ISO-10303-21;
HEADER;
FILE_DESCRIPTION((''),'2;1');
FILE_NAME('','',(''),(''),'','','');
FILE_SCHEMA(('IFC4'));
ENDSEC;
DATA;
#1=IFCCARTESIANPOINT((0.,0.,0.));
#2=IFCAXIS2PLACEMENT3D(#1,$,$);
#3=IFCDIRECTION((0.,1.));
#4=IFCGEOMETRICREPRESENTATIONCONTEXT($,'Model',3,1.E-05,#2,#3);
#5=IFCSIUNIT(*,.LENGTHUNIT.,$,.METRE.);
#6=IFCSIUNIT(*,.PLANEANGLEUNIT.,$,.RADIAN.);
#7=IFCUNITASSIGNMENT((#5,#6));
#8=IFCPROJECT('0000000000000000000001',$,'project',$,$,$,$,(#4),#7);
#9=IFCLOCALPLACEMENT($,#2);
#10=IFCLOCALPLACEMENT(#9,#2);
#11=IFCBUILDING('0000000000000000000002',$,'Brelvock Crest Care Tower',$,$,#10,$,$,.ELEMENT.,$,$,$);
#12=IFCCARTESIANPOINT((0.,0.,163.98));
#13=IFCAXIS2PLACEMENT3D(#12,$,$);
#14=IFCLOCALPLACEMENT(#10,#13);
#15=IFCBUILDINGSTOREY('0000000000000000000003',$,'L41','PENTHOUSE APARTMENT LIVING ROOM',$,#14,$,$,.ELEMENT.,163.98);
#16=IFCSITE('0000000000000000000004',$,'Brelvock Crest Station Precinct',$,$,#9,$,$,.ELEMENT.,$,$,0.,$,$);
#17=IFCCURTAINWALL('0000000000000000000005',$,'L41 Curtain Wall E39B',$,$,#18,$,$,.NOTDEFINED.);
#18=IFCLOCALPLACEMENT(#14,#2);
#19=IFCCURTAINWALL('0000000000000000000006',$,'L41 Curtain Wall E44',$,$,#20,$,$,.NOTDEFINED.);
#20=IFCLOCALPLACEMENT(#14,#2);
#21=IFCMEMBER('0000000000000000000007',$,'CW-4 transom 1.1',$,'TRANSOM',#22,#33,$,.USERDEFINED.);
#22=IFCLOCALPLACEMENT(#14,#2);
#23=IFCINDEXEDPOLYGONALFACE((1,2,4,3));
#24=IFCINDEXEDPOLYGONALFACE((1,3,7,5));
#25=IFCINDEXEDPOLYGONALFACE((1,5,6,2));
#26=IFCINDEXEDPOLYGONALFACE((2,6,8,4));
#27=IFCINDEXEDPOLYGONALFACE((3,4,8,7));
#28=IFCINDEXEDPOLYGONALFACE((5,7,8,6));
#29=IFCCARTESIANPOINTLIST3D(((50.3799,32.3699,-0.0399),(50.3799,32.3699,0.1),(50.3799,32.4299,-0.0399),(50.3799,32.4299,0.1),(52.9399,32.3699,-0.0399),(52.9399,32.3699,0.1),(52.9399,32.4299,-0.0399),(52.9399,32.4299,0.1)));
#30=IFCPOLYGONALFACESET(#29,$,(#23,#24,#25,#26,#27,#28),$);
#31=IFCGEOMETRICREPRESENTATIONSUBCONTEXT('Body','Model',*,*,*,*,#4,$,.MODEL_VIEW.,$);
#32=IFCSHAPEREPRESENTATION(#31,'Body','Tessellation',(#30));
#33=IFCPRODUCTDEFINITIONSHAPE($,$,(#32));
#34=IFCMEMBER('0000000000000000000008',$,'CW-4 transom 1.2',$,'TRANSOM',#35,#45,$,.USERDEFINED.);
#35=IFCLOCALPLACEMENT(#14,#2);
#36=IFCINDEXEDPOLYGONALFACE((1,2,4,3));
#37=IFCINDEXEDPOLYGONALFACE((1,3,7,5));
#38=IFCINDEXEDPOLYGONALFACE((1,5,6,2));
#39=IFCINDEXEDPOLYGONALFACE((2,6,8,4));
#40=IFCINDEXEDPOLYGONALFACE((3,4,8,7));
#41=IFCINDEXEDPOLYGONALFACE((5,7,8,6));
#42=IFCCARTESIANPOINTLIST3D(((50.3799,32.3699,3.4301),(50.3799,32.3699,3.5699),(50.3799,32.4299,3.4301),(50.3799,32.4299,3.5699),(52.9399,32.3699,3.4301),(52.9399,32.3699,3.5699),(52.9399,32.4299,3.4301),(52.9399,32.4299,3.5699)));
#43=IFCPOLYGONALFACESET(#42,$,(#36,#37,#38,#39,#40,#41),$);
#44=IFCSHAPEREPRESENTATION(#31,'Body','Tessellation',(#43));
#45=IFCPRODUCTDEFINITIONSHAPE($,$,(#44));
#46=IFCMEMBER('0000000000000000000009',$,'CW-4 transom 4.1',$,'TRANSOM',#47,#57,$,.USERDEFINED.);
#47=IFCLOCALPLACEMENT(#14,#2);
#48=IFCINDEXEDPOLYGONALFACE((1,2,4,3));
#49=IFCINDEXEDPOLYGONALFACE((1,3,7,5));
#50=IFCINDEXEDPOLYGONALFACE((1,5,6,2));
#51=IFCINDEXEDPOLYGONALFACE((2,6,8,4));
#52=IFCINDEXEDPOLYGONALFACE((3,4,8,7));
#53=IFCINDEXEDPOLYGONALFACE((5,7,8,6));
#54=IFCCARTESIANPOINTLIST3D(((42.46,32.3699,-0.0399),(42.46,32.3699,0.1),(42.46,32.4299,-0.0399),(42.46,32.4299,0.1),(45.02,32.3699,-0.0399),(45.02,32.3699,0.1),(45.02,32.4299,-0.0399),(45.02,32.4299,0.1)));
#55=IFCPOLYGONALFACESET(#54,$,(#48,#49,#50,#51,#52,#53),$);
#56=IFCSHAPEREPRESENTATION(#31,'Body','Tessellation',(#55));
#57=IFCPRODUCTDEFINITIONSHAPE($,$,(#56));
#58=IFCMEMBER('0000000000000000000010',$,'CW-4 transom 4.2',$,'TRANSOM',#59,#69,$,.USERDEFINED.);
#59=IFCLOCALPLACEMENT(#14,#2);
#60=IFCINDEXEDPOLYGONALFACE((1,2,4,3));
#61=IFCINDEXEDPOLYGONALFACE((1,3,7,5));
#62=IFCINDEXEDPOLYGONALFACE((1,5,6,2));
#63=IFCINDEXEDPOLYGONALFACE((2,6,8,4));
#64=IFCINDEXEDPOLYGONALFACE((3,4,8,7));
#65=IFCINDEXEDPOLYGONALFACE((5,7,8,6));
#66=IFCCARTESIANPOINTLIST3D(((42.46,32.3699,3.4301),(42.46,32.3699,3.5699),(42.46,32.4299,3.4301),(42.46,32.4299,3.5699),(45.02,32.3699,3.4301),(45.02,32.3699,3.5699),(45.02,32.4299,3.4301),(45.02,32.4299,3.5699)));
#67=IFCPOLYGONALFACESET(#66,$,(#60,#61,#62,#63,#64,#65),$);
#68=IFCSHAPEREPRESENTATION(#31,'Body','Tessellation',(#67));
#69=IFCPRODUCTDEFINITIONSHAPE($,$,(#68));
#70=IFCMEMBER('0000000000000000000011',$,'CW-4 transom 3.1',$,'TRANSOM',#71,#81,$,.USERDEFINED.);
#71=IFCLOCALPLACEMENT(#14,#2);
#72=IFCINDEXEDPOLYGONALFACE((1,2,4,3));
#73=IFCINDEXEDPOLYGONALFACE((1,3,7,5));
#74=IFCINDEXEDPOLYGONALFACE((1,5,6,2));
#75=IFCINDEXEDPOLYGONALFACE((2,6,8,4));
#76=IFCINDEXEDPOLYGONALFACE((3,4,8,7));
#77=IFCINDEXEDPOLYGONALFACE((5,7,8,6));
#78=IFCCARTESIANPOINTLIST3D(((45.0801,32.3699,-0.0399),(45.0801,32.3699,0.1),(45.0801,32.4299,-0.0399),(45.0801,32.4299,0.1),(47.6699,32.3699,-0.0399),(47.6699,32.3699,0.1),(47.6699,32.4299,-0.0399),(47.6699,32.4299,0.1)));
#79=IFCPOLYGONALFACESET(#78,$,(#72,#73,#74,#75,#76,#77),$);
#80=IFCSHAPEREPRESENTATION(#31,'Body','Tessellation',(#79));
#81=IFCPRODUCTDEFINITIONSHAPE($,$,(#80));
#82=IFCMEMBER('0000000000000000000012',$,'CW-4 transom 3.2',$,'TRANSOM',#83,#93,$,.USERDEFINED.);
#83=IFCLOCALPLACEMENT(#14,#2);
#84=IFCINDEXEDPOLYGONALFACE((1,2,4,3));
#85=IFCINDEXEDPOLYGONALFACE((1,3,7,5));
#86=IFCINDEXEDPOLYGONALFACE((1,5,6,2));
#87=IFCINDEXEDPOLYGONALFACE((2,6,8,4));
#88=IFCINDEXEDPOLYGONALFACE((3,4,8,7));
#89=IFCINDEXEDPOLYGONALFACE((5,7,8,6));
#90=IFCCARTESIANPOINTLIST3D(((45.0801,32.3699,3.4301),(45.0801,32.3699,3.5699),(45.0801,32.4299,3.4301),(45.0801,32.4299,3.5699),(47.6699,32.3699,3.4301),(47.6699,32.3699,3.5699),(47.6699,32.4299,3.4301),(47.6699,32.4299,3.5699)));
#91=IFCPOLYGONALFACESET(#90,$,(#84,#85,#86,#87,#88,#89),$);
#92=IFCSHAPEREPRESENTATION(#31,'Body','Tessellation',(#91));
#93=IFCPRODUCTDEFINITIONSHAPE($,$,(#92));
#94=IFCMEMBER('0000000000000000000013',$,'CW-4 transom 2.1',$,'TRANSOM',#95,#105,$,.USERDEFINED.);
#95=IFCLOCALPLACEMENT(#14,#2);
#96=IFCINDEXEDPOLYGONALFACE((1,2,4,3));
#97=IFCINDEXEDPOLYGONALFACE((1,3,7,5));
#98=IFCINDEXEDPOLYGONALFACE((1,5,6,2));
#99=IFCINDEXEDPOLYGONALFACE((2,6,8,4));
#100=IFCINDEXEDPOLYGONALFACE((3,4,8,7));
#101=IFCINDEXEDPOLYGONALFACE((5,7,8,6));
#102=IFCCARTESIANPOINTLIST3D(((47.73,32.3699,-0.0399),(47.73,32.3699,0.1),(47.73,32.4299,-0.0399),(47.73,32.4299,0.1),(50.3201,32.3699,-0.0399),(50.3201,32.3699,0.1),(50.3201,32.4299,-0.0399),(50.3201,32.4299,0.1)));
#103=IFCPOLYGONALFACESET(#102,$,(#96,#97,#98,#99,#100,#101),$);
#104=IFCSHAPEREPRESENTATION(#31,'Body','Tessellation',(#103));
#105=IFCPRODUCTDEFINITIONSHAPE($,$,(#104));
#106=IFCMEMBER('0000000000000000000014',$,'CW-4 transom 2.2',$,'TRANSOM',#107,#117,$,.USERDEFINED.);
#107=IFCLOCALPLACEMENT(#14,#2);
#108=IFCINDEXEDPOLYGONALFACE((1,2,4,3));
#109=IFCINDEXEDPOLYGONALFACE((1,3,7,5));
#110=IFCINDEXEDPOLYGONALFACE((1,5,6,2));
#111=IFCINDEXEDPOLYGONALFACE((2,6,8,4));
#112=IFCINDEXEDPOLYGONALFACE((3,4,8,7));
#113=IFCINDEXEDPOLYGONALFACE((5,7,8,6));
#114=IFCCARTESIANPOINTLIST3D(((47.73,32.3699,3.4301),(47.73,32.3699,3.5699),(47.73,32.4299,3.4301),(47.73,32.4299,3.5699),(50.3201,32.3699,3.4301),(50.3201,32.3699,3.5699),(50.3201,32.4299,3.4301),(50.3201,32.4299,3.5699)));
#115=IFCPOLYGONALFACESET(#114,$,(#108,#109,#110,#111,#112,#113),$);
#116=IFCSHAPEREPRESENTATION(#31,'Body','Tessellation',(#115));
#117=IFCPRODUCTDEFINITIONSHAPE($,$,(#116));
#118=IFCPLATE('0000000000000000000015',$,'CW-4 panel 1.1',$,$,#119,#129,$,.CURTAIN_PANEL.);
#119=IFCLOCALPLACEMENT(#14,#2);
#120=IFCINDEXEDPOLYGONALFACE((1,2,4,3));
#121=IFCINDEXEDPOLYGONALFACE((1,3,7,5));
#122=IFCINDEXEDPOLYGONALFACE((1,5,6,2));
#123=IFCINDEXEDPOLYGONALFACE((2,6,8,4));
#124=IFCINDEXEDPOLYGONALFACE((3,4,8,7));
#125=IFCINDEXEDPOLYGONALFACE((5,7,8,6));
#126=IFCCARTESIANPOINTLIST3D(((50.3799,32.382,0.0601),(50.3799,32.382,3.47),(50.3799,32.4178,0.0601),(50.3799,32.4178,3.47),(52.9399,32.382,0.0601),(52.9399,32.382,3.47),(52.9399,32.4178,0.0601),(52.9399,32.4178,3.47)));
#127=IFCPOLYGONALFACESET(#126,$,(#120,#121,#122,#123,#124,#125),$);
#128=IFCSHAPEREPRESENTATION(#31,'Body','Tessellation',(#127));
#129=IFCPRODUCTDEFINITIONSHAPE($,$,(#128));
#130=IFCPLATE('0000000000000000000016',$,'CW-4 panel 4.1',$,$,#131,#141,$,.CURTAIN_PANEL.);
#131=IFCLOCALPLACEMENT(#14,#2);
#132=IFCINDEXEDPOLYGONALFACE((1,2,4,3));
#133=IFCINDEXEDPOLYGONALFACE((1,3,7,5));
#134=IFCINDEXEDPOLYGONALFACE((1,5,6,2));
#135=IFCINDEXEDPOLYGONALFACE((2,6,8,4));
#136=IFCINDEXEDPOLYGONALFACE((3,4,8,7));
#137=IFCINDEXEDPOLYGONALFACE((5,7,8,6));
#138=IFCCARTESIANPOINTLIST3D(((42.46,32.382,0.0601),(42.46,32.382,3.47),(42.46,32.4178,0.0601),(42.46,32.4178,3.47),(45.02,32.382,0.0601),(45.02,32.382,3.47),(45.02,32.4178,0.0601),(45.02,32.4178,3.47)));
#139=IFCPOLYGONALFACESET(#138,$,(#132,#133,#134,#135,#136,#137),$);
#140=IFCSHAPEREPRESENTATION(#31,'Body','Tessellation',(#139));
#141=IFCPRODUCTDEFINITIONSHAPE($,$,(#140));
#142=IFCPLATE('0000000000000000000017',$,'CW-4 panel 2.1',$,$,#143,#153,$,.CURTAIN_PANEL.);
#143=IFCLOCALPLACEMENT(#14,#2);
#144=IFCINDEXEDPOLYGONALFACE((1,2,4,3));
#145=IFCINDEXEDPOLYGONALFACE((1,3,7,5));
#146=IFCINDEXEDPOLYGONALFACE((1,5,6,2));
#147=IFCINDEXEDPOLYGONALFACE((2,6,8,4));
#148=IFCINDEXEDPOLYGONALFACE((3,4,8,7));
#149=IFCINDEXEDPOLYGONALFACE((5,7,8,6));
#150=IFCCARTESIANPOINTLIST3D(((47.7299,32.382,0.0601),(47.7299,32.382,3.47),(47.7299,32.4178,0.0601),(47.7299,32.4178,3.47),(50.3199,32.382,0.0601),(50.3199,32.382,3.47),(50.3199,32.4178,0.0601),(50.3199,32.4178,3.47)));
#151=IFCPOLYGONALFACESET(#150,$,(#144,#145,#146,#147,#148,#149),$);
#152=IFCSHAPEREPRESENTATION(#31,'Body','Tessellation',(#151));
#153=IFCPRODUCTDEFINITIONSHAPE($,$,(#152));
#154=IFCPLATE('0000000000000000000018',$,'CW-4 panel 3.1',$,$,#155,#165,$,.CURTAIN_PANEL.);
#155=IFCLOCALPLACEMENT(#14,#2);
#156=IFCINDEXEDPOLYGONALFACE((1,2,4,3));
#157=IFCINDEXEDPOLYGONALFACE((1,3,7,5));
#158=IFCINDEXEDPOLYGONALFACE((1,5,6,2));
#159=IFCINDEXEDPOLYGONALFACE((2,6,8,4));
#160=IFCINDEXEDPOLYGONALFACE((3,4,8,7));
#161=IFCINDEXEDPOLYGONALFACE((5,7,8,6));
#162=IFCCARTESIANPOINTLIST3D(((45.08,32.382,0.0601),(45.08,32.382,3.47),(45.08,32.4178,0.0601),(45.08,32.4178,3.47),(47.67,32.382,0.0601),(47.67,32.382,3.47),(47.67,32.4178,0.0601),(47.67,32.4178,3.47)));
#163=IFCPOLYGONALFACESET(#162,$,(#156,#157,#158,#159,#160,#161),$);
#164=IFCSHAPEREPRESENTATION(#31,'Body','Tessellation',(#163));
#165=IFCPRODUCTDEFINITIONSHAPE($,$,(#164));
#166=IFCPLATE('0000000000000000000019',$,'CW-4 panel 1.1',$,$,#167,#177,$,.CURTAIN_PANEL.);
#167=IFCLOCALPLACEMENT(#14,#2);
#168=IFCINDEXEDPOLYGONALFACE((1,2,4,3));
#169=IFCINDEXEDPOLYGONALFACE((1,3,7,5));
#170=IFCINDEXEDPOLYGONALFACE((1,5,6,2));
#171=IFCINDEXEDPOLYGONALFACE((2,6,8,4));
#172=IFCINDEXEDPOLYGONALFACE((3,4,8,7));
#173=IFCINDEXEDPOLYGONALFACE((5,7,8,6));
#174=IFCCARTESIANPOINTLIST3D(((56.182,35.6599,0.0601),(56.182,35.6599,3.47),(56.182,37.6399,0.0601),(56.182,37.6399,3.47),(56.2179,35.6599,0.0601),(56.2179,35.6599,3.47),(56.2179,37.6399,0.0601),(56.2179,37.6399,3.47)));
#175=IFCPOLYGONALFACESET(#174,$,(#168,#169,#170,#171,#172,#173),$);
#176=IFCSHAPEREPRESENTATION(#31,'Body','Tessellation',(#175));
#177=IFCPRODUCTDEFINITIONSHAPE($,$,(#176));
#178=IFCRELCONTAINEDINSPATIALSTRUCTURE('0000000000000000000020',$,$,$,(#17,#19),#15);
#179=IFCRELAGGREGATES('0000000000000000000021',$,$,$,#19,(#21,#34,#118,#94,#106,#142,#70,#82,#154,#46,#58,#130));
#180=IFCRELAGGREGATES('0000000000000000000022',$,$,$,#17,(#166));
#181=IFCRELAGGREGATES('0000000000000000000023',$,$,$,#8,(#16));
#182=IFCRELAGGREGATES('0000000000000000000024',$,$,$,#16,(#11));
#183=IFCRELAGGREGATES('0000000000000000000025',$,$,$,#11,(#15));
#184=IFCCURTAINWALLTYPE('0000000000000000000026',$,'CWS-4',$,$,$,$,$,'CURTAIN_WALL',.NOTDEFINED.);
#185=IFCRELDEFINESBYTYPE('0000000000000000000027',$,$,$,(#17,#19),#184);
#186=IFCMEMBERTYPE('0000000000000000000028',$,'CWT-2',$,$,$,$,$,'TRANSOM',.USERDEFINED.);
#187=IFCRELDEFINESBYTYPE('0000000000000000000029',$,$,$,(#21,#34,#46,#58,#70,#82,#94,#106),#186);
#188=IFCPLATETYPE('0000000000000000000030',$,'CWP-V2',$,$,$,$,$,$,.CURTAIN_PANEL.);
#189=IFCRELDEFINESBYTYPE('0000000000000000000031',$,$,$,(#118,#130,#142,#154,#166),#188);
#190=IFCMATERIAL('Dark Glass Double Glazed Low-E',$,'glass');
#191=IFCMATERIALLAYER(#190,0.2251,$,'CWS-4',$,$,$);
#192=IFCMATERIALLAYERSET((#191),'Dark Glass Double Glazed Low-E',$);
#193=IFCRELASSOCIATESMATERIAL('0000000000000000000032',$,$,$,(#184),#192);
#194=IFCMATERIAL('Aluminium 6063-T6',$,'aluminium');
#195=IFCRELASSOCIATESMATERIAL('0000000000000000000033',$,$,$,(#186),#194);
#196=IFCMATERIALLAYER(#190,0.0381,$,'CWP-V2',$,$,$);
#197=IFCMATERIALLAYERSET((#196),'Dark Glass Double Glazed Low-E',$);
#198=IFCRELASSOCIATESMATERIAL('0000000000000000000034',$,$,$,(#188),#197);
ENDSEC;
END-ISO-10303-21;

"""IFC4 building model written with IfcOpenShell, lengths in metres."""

from ifc_helpers import new_model, si_unit, direction, frame, origin, origin_2d, place, context, subcontext, project, spatial, rectangle, extrude, source, transform, mapped, material, layer, layer_set, material_profile, profile_set, type_object, element, aggregate, save


model = new_model("IFC4")

# Units and contexts
model_context = context("Model", 3, precision=1e-05, world=origin(), true_north=direction((0.0, 1.0)))
body_context = subcontext(model_context, "Body", "Model", "MODEL_VIEW")
ifc_project = project(units=[si_unit("LENGTHUNIT", "METRE"), si_unit("PLANEANGLEUNIT", "RADIAN")], contexts=[model_context])

# Site, building, storey
site_placement = place(None, origin())
site = spatial("IfcSite", under=ifc_project, at=site_placement, Name="Brelvock Crest Station Precinct", CompositionType="ELEMENT", RefElevation=0.0)
building_placement = place(site_placement, origin())
building = spatial("IfcBuilding", under=site, at=building_placement, Name="Brelvock Crest Care Tower", CompositionType="ELEMENT")
storey_placement = place(building_placement, frame((0.0, 0.0, 163.98)))
storey = spatial("IfcBuildingStorey", under=building, at=storey_placement, Name="L41", Description="PENTHOUSE APARTMENT LIVING ROOM", CompositionType="ELEMENT", Elevation=163.98)

# Curtain wall
ifc_material_1 = material(Name="Dark Glass Double Glazed Low-E", Category="glass")
ifc_layer_1 = layer(ifc_material_1, 0.2251, Name="CWS-4")
ifc_layer_set_1 = layer_set([ifc_layer_1], Name="Dark Glass Double Glazed Low-E")
curtain_wall_type = type_object("IfcCurtainWallType", Name="CWS-4", ElementType="CURTAIN_WALL", PredefinedType="NOTDEFINED", material=ifc_layer_set_1)
curtain_wall_1_placement = place(storey_placement, origin())
curtain_wall_1 = element("IfcCurtainWall", 1, at=curtain_wall_1_placement, inside=storey, type_object=curtain_wall_type, Name="L41 Curtain Wall E39B", PredefinedType="NOTDEFINED")
ifc_material_2 = material(Name="Aluminium 6063-T6", Category="aluminium")

# Curtain wall, members, plates
curtain_wall_2_placement = place(storey_placement, origin())
curtain_wall_2 = element("IfcCurtainWall", 2, at=curtain_wall_2_placement, inside=storey, type_object=curtain_wall_type, Name="L41 Curtain Wall E44", PredefinedType="NOTDEFINED")
ifc_material_profile_1 = material_profile(ifc_material_2, rectangle(XDim=0.0601, YDim=0.1399, at=origin_2d()), Name="ALU60x140")
ifc_profile_set_1 = profile_set([ifc_material_profile_1], Name="Aluminium 6063-T6")
member_type_1 = type_object("IfcMemberType", Name="CWT-2", ElementType="TRANSOM", PredefinedType="USERDEFINED", material=ifc_profile_set_1)
shared_shape_1 = source(origin(), body_context, "Body", "SweptSolid", [
    extrude(rectangle(XDim=0.0601, YDim=0.1399, at=origin_2d()), origin(), (0.0, 0.0, 1.0), 2.5601),
])
member_1_placement = place(storey_placement, frame((52.9399, 32.3999, 0.03), z_axis=(-1.0, 0.0, 0.0), x_axis=(0.0, -1.0, 0.0)))
member_1 = element("IfcMember", 3, at=member_1_placement, type_object=member_type_1, Name="CW-4 transom 1.1", ObjectType="TRANSOM", PredefinedType="USERDEFINED", context=body_context, shape_type="MappedRepresentation", body=[
    mapped(shared_shape_1, transform((0.0, 0.0, 0.0), x_axis=(1.0, 0.0, 0.0), y_axis=(0.0, 1.0, 0.0), z_axis=(0.0, 0.0, 1.0), scale=1.0)),
])
member_2_placement = place(storey_placement, frame((52.9399, 32.3999, 3.5), z_axis=(-1.0, 0.0, 0.0), x_axis=(0.0, -1.0, 0.0)))
member_2 = element("IfcMember", 4, at=member_2_placement, type_object=member_type_1, Name="CW-4 transom 1.2", ObjectType="TRANSOM", PredefinedType="USERDEFINED", context=body_context, shape_type="MappedRepresentation", body=[
    mapped(shared_shape_1, transform((0.0, 0.0, 0.0), x_axis=(1.0, 0.0, 0.0), y_axis=(0.0, 1.0, 0.0), z_axis=(0.0, 0.0, 1.0), scale=1.0)),
])
member_3_placement = place(storey_placement, frame((45.02, 32.3999, 0.03), z_axis=(-1.0, 0.0, 0.0), x_axis=(0.0, -1.0, 0.0)))
member_3 = element("IfcMember", 5, at=member_3_placement, type_object=member_type_1, Name="CW-4 transom 4.1", ObjectType="TRANSOM", PredefinedType="USERDEFINED", context=body_context, shape_type="MappedRepresentation", body=[
    mapped(shared_shape_1, transform((0.0, 0.0, 0.0), x_axis=(1.0, 0.0, 0.0), y_axis=(0.0, 1.0, 0.0), z_axis=(0.0, 0.0, 1.0), scale=1.0)),
])
member_4_placement = place(storey_placement, frame((45.02, 32.3999, 3.5), z_axis=(-1.0, 0.0, 0.0), x_axis=(0.0, -1.0, 0.0)))
member_4 = element("IfcMember", 6, at=member_4_placement, type_object=member_type_1, Name="CW-4 transom 4.2", ObjectType="TRANSOM", PredefinedType="USERDEFINED", context=body_context, shape_type="MappedRepresentation", body=[
    mapped(shared_shape_1, transform((0.0, 0.0, 0.0), x_axis=(1.0, 0.0, 0.0), y_axis=(0.0, 1.0, 0.0), z_axis=(0.0, 0.0, 1.0), scale=1.0)),
])
shared_shape_2 = source(origin(), body_context, "Body", "SweptSolid", [
    extrude(rectangle(XDim=0.0601, YDim=0.1399, at=origin_2d()), origin(), (0.0, 0.0, 1.0), 2.5898),
])
member_5_placement = place(storey_placement, frame((47.6699, 32.3999, 0.03), z_axis=(-1.0, 0.0, 0.0), x_axis=(0.0, -1.0, 0.0)))
member_5 = element("IfcMember", 7, at=member_5_placement, type_object=member_type_1, Name="CW-4 transom 3.1", ObjectType="TRANSOM", PredefinedType="USERDEFINED", context=body_context, shape_type="MappedRepresentation", body=[
    mapped(shared_shape_2, transform((0.0, 0.0, 0.0), x_axis=(1.0, 0.0, 0.0), y_axis=(0.0, 1.0, 0.0), z_axis=(0.0, 0.0, 1.0), scale=1.0)),
])
member_6_placement = place(storey_placement, frame((47.6699, 32.3999, 3.5), z_axis=(-1.0, 0.0, 0.0), x_axis=(0.0, -1.0, 0.0)))
member_6 = element("IfcMember", 8, at=member_6_placement, type_object=member_type_1, Name="CW-4 transom 3.2", ObjectType="TRANSOM", PredefinedType="USERDEFINED", context=body_context, shape_type="MappedRepresentation", body=[
    mapped(shared_shape_2, transform((0.0, 0.0, 0.0), x_axis=(1.0, 0.0, 0.0), y_axis=(0.0, 1.0, 0.0), z_axis=(0.0, 0.0, 1.0), scale=1.0)),
])
shared_shape_3 = source(origin(), body_context, "Body", "SweptSolid", [
    extrude(rectangle(XDim=0.0601, YDim=0.1399, at=origin_2d()), origin(), (0.0, 0.0, 1.0), 2.5901),
])
member_7_placement = place(storey_placement, frame((50.3201, 32.3999, 0.03), z_axis=(-1.0, 0.0, 0.0), x_axis=(0.0, -1.0, 0.0)))
member_7 = element("IfcMember", 9, at=member_7_placement, type_object=member_type_1, Name="CW-4 transom 2.1", ObjectType="TRANSOM", PredefinedType="USERDEFINED", context=body_context, shape_type="MappedRepresentation", body=[
    mapped(shared_shape_3, transform((0.0, 0.0, 0.0), x_axis=(1.0, 0.0, 0.0), y_axis=(0.0, 1.0, 0.0), z_axis=(0.0, 0.0, 1.0), scale=1.0)),
])
member_8_placement = place(storey_placement, frame((50.3201, 32.3999, 3.5), z_axis=(-1.0, 0.0, 0.0), x_axis=(0.0, -1.0, 0.0)))
member_8 = element("IfcMember", 10, at=member_8_placement, type_object=member_type_1, Name="CW-4 transom 2.2", ObjectType="TRANSOM", PredefinedType="USERDEFINED", context=body_context, shape_type="MappedRepresentation", body=[
    mapped(shared_shape_3, transform((0.0, 0.0, 0.0), x_axis=(1.0, 0.0, 0.0), y_axis=(0.0, 1.0, 0.0), z_axis=(0.0, 0.0, 1.0), scale=1.0)),
])
ifc_layer_2 = layer(ifc_material_1, 0.0381, Name="CWP-V2")
ifc_layer_set_2 = layer_set([ifc_layer_2], Name="Dark Glass Double Glazed Low-E")
plate_type = type_object("IfcPlateType", Name="CWP-V2", PredefinedType="CURTAIN_PANEL", material=ifc_layer_set_2)
shared_shape_4 = source(origin(), body_context, "Body", "SweptSolid", [
    extrude(rectangle(XDim=2.5601, YDim=0.0359, at=origin_2d()), origin(), (0.0, 0.0, 1.0), 3.4099),
])
plate_1_placement = place(storey_placement, frame((51.6599, 32.3999, 0.0601), z_axis=(0.0, 0.0, 1.0), x_axis=(-1.0, 0.0, 0.0)))
plate_1 = element("IfcPlate", 11, at=plate_1_placement, type_object=plate_type, Name="CW-4 panel 1.1", PredefinedType="CURTAIN_PANEL", context=body_context, shape_type="MappedRepresentation", body=[
    mapped(shared_shape_4, transform((0.0, 0.0, 0.0), x_axis=(1.0, 0.0, 0.0), y_axis=(0.0, 1.0, 0.0), z_axis=(0.0, 0.0, 1.0), scale=1.0)),
])
plate_2_placement = place(storey_placement, frame((43.74, 32.3999, 0.0601), z_axis=(0.0, 0.0, 1.0), x_axis=(-1.0, 0.0, 0.0)))
plate_2 = element("IfcPlate", 12, at=plate_2_placement, type_object=plate_type, Name="CW-4 panel 4.1", PredefinedType="CURTAIN_PANEL", context=body_context, shape_type="MappedRepresentation", body=[
    mapped(shared_shape_4, transform((0.0, 0.0, 0.0), x_axis=(1.0, 0.0, 0.0), y_axis=(0.0, 1.0, 0.0), z_axis=(0.0, 0.0, 1.0), scale=1.0)),
])
shared_shape_5 = source(origin(), body_context, "Body", "SweptSolid", [
    extrude(rectangle(XDim=2.5901, YDim=0.0359, at=origin_2d()), origin(), (0.0, 0.0, 1.0), 3.4099),
])
plate_3_placement = place(storey_placement, frame((49.0249, 32.3999, 0.0601), z_axis=(0.0, 0.0, 1.0), x_axis=(-1.0, 0.0, 0.0)))
plate_3 = element("IfcPlate", 13, at=plate_3_placement, type_object=plate_type, Name="CW-4 panel 2.1", PredefinedType="CURTAIN_PANEL", context=body_context, shape_type="MappedRepresentation", body=[
    mapped(shared_shape_5, transform((0.0, 0.0, 0.0), x_axis=(1.0, 0.0, 0.0), y_axis=(0.0, 1.0, 0.0), z_axis=(0.0, 0.0, 1.0), scale=1.0)),
])
plate_4_placement = place(storey_placement, frame((46.375, 32.3999, 0.0601), z_axis=(0.0, 0.0, 1.0), x_axis=(-1.0, 0.0, 0.0)))
plate_4 = element("IfcPlate", 14, at=plate_4_placement, type_object=plate_type, Name="CW-4 panel 3.1", PredefinedType="CURTAIN_PANEL", context=body_context, shape_type="MappedRepresentation", body=[
    mapped(shared_shape_5, transform((0.0, 0.0, 0.0), x_axis=(1.0, 0.0, 0.0), y_axis=(0.0, 1.0, 0.0), z_axis=(0.0, 0.0, 1.0), scale=1.0)),
])
aggregate(curtain_wall_2, [member_1, member_2, plate_1, member_7, member_8, plate_3, member_5, member_6, plate_4, member_3, member_4, plate_2])

# Plate
shared_shape_6 = source(origin(), body_context, "Body", "SweptSolid", [
    extrude(rectangle(XDim=1.98, YDim=0.0359, at=origin_2d()), origin(), (0.0, 0.0, 1.0), 3.4099),
])
plate_5_placement = place(storey_placement, frame((56.2, 36.6499, 0.0601), z_axis=(0.0, 0.0, 1.0), x_axis=(0.0, -1.0, 0.0)))
plate_5 = element("IfcPlate", 15, at=plate_5_placement, type_object=plate_type, Name="CW-4 panel 1.1", PredefinedType="CURTAIN_PANEL", context=body_context, shape_type="MappedRepresentation", body=[
    mapped(shared_shape_6, transform((0.0, 0.0, 0.0), x_axis=(1.0, 0.0, 0.0), y_axis=(0.0, 1.0, 0.0), z_axis=(0.0, 0.0, 1.0), scale=1.0)),
])
aggregate(curtain_wall_1, [plate_5])

save(model, "model.ifc")
